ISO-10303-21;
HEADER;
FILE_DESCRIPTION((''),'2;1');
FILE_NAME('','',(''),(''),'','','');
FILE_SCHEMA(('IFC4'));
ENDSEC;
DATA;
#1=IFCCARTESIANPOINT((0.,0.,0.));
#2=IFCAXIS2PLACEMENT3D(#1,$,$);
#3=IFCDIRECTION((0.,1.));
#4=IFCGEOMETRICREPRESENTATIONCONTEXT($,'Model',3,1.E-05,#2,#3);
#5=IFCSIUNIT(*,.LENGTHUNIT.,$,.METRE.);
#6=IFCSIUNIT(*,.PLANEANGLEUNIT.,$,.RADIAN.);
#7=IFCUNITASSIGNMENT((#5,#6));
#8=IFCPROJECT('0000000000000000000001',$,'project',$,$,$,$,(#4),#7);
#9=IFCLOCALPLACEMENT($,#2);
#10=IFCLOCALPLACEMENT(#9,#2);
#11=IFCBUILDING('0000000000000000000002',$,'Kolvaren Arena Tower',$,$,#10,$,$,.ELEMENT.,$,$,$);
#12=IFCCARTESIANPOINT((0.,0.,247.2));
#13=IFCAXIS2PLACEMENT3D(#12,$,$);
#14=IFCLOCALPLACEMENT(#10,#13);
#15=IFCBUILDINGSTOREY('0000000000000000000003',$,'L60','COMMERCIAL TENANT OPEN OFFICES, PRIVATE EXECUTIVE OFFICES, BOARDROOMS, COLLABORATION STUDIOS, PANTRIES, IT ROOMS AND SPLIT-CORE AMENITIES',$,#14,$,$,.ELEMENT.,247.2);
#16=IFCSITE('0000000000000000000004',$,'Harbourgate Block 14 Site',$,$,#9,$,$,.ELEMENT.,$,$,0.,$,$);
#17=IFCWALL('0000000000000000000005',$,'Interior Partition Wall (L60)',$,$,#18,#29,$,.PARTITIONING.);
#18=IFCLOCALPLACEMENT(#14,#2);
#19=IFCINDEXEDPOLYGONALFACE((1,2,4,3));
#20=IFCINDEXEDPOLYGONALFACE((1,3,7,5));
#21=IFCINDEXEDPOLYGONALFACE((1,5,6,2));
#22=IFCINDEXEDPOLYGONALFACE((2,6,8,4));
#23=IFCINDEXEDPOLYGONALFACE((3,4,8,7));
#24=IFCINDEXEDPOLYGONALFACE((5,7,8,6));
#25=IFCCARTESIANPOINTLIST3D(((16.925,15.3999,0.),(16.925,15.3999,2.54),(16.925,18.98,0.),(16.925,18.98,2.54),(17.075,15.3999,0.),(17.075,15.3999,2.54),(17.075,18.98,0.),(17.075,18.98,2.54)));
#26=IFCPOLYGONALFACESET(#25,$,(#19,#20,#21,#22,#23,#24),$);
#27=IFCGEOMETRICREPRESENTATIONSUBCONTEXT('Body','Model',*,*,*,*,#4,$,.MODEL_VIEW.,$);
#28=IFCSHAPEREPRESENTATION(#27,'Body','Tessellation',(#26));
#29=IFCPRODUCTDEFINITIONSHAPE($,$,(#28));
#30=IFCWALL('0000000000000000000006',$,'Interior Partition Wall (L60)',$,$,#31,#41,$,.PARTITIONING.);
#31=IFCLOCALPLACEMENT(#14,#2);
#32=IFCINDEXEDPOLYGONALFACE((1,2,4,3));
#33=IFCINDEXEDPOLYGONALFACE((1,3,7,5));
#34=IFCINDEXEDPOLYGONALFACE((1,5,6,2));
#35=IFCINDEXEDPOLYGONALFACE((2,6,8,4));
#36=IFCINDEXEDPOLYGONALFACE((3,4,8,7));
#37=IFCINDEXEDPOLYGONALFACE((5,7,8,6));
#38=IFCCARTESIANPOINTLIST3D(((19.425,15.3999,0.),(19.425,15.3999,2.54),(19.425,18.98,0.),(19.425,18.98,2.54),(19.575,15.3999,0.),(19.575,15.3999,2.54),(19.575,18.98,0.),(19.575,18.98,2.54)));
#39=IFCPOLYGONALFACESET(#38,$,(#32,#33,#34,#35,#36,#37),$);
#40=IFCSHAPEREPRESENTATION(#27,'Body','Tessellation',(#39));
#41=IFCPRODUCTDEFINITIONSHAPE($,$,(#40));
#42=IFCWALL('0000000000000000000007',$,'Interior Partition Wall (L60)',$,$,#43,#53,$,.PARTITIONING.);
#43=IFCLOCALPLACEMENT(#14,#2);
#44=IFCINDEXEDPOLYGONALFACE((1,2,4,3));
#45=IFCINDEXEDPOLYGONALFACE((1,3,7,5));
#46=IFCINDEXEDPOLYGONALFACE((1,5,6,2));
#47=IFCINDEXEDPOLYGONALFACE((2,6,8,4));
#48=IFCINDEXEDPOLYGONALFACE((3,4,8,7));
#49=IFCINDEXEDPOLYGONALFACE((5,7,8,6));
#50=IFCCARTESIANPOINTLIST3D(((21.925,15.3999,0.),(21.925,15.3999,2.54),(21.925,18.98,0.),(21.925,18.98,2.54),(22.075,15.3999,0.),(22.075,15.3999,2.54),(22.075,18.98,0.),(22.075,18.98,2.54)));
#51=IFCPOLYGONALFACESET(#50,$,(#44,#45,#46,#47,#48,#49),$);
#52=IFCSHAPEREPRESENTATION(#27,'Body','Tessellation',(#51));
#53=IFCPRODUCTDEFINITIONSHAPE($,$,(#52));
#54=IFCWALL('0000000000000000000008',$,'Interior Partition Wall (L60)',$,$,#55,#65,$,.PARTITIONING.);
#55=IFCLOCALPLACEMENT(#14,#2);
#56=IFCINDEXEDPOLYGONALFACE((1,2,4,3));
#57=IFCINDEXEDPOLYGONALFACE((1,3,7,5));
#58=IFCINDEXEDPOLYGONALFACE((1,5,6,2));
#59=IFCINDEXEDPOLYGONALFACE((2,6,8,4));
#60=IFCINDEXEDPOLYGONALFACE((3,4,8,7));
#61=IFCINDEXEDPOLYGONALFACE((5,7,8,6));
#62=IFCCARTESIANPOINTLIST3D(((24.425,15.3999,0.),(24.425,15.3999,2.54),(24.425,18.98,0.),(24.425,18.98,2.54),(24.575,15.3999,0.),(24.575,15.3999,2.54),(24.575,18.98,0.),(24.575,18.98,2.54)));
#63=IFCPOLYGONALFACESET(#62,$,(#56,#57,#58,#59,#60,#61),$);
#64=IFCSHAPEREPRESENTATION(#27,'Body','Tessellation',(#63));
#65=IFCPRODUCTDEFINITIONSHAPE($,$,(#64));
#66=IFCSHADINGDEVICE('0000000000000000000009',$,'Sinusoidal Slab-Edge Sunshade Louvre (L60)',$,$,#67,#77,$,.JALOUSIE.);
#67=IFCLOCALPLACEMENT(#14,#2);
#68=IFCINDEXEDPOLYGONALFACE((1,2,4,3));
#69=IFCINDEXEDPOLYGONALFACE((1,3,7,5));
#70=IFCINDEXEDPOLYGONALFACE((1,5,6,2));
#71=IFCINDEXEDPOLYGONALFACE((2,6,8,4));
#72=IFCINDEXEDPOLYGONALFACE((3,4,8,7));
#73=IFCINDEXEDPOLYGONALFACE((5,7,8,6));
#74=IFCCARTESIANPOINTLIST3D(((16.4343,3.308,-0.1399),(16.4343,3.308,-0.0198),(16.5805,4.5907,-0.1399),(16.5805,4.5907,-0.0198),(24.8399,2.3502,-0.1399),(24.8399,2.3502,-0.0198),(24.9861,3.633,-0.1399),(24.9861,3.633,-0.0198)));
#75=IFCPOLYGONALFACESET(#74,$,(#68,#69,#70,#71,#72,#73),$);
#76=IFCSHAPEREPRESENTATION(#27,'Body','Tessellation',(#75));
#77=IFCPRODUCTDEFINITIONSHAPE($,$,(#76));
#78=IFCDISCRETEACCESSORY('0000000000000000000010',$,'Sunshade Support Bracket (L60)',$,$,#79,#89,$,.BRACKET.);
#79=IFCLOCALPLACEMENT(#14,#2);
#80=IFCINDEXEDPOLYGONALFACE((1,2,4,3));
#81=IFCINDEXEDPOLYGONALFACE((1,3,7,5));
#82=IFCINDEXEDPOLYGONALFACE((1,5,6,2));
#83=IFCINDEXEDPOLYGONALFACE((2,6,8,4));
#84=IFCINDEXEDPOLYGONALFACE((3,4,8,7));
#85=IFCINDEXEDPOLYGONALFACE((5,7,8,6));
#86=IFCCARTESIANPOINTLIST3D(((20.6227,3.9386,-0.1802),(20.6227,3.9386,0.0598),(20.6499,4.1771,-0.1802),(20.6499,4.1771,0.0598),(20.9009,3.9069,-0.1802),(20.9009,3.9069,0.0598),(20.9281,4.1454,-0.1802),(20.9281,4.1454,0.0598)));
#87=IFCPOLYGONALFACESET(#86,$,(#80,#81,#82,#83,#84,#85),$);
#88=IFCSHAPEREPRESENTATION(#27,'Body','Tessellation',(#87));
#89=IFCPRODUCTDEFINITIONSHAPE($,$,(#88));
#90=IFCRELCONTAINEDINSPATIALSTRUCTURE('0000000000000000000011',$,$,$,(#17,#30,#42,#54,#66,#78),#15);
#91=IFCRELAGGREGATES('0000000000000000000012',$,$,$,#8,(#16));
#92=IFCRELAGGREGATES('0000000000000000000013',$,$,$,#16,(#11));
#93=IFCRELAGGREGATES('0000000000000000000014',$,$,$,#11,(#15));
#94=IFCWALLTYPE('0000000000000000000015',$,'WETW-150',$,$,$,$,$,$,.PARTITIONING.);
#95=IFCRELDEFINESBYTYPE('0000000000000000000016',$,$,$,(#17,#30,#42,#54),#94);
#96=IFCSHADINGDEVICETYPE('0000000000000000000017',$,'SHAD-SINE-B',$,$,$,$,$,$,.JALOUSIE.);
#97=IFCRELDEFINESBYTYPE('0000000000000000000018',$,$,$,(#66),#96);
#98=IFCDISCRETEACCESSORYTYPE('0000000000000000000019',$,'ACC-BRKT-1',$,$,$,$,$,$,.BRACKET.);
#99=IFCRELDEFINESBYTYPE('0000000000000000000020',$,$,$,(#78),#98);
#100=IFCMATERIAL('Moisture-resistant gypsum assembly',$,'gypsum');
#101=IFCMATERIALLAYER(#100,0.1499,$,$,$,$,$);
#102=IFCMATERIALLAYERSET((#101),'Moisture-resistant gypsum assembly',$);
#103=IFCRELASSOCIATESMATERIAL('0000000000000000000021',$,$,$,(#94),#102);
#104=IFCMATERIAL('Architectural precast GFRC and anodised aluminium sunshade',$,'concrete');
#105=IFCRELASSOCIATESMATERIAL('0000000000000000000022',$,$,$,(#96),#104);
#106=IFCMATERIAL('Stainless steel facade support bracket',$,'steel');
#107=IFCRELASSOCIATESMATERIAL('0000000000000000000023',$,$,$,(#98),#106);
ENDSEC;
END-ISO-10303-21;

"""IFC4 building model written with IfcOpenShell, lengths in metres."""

from ifc_helpers import new_model, si_unit, direction, frame, frame_2d, origin, origin_2d, place, context, subcontext, project, spatial, rectangle, extrude, material, layer, layer_set, type_object, element, save


model = new_model("IFC4")

# Units and contexts
model_context = context("Model", 3, precision=1e-05, world=origin(), true_north=direction((0.0, 1.0)))
body_context = subcontext(model_context, "Body", "Model", "MODEL_VIEW")
ifc_project = project(units=[si_unit("LENGTHUNIT", "METRE"), si_unit("PLANEANGLEUNIT", "RADIAN")], contexts=[model_context])

# Site, building, storey
site_placement = place(None, origin())
site = spatial("IfcSite", under=ifc_project, at=site_placement, Name="Harbourgate Block 14 Site", CompositionType="ELEMENT", RefElevation=0.0)
building_placement = place(site_placement, origin())
building = spatial("IfcBuilding", under=site, at=building_placement, Name="Kolvaren Arena Tower", CompositionType="ELEMENT")
storey_placement = place(building_placement, frame((0.0, 0.0, 247.2)))
storey = spatial("IfcBuildingStorey", under=building, at=storey_placement, Name="L60", Description="COMMERCIAL TENANT OPEN OFFICES, PRIVATE EXECUTIVE OFFICES, BOARDROOMS, COLLABORATION STUDIOS, PANTRIES, IT ROOMS AND SPLIT-CORE AMENITIES", CompositionType="ELEMENT", Elevation=247.2)

# Walls
ifc_material_1 = material(Name="Moisture-resistant gypsum assembly", Category="gypsum")
ifc_layer_1 = layer(ifc_material_1, 0.1499)
ifc_layer_set_1 = layer_set([ifc_layer_1], Name="Moisture-resistant gypsum assembly")
wall_type_1 = type_object("IfcWallType", Name="WETW-150", PredefinedType="PARTITIONING", material=ifc_layer_set_1)
for number, where, z_axis, x_axis, name in (
    (1, (17.0, 15.3999, 0.0), (0.0, 0.0, 1.0), (0.0, 1.0, 0.0), "Interior Partition Wall (L60)"),
    (2, (19.5, 15.3999, 0.0), (0.0, 0.0, 1.0), (0.0, 1.0, 0.0), "Interior Partition Wall (L60)"),
    (3, (22.0, 15.3999, 0.0), (0.0, 0.0, 1.0), (0.0, 1.0, 0.0), "Interior Partition Wall (L60)"),
    (4, (24.5, 15.3999, 0.0), (0.0, 0.0, 1.0), (0.0, 1.0, 0.0), "Interior Partition Wall (L60)"),
):
    element("IfcWall", number, at=place(storey_placement, frame(where, z_axis=z_axis, x_axis=x_axis)), inside=storey, type_object=wall_type_1, Name=name, PredefinedType="PARTITIONING", context=body_context, shape_type="SweptSolid", body=[
        extrude(rectangle(XDim=3.5801, YDim=0.1499, at=frame_2d((1.79, 0.0))), origin(), (0.0, 0.0, 1.0), 2.54),
    ])

# Shading device
ifc_material_2 = material(Name="Architectural precast GFRC and anodised aluminium sunshade", Category="concrete")
shading_device_type = type_object("IfcShadingDeviceType", Name="SHAD-SINE-B", PredefinedType="JALOUSIE", material=ifc_material_2)
shading_device_placement = place(storey_placement, frame((20.7102, 3.4705, -0.1399), z_axis=(0.0, 0.0, 1.0), x_axis=(-0.993572, 0.113205, 0.0)))
element("IfcShadingDevice", 5, at=shading_device_placement, inside=storey, type_object=shading_device_type, Name="Sinusoidal Slab-Edge Sunshade Louvre (L60)", PredefinedType="JALOUSIE", context=body_context, shape_type="SweptSolid", body=[
    extrude(rectangle(XDim=8.46, YDim=1.291, at=origin_2d()), origin(), (0.0, 0.0, 1.0), 0.1201),
])

# Discrete accessory
ifc_material_3 = material(Name="Stainless steel facade support bracket", Category="steel")
discrete_accessory_type = type_object("IfcDiscreteAccessoryType", Name="ACC-BRKT-1", PredefinedType="BRACKET", material=ifc_material_3)
discrete_accessory_placement = place(storey_placement, frame((20.7754, 4.042, -0.1802), z_axis=(0.0, 0.0, 1.0), x_axis=(-0.993572, 0.113205, 0.0)))
element("IfcDiscreteAccessory", 6, at=discrete_accessory_placement, inside=storey, type_object=discrete_accessory_type, Name="Sunshade Support Bracket (L60)", PredefinedType="BRACKET", context=body_context, shape_type="SweptSolid", body=[
    extrude(rectangle(XDim=0.28, YDim=0.24, at=origin_2d()), origin(), (0.0, 0.0, 1.0), 0.24),
])

save(model, "model.ifc")
